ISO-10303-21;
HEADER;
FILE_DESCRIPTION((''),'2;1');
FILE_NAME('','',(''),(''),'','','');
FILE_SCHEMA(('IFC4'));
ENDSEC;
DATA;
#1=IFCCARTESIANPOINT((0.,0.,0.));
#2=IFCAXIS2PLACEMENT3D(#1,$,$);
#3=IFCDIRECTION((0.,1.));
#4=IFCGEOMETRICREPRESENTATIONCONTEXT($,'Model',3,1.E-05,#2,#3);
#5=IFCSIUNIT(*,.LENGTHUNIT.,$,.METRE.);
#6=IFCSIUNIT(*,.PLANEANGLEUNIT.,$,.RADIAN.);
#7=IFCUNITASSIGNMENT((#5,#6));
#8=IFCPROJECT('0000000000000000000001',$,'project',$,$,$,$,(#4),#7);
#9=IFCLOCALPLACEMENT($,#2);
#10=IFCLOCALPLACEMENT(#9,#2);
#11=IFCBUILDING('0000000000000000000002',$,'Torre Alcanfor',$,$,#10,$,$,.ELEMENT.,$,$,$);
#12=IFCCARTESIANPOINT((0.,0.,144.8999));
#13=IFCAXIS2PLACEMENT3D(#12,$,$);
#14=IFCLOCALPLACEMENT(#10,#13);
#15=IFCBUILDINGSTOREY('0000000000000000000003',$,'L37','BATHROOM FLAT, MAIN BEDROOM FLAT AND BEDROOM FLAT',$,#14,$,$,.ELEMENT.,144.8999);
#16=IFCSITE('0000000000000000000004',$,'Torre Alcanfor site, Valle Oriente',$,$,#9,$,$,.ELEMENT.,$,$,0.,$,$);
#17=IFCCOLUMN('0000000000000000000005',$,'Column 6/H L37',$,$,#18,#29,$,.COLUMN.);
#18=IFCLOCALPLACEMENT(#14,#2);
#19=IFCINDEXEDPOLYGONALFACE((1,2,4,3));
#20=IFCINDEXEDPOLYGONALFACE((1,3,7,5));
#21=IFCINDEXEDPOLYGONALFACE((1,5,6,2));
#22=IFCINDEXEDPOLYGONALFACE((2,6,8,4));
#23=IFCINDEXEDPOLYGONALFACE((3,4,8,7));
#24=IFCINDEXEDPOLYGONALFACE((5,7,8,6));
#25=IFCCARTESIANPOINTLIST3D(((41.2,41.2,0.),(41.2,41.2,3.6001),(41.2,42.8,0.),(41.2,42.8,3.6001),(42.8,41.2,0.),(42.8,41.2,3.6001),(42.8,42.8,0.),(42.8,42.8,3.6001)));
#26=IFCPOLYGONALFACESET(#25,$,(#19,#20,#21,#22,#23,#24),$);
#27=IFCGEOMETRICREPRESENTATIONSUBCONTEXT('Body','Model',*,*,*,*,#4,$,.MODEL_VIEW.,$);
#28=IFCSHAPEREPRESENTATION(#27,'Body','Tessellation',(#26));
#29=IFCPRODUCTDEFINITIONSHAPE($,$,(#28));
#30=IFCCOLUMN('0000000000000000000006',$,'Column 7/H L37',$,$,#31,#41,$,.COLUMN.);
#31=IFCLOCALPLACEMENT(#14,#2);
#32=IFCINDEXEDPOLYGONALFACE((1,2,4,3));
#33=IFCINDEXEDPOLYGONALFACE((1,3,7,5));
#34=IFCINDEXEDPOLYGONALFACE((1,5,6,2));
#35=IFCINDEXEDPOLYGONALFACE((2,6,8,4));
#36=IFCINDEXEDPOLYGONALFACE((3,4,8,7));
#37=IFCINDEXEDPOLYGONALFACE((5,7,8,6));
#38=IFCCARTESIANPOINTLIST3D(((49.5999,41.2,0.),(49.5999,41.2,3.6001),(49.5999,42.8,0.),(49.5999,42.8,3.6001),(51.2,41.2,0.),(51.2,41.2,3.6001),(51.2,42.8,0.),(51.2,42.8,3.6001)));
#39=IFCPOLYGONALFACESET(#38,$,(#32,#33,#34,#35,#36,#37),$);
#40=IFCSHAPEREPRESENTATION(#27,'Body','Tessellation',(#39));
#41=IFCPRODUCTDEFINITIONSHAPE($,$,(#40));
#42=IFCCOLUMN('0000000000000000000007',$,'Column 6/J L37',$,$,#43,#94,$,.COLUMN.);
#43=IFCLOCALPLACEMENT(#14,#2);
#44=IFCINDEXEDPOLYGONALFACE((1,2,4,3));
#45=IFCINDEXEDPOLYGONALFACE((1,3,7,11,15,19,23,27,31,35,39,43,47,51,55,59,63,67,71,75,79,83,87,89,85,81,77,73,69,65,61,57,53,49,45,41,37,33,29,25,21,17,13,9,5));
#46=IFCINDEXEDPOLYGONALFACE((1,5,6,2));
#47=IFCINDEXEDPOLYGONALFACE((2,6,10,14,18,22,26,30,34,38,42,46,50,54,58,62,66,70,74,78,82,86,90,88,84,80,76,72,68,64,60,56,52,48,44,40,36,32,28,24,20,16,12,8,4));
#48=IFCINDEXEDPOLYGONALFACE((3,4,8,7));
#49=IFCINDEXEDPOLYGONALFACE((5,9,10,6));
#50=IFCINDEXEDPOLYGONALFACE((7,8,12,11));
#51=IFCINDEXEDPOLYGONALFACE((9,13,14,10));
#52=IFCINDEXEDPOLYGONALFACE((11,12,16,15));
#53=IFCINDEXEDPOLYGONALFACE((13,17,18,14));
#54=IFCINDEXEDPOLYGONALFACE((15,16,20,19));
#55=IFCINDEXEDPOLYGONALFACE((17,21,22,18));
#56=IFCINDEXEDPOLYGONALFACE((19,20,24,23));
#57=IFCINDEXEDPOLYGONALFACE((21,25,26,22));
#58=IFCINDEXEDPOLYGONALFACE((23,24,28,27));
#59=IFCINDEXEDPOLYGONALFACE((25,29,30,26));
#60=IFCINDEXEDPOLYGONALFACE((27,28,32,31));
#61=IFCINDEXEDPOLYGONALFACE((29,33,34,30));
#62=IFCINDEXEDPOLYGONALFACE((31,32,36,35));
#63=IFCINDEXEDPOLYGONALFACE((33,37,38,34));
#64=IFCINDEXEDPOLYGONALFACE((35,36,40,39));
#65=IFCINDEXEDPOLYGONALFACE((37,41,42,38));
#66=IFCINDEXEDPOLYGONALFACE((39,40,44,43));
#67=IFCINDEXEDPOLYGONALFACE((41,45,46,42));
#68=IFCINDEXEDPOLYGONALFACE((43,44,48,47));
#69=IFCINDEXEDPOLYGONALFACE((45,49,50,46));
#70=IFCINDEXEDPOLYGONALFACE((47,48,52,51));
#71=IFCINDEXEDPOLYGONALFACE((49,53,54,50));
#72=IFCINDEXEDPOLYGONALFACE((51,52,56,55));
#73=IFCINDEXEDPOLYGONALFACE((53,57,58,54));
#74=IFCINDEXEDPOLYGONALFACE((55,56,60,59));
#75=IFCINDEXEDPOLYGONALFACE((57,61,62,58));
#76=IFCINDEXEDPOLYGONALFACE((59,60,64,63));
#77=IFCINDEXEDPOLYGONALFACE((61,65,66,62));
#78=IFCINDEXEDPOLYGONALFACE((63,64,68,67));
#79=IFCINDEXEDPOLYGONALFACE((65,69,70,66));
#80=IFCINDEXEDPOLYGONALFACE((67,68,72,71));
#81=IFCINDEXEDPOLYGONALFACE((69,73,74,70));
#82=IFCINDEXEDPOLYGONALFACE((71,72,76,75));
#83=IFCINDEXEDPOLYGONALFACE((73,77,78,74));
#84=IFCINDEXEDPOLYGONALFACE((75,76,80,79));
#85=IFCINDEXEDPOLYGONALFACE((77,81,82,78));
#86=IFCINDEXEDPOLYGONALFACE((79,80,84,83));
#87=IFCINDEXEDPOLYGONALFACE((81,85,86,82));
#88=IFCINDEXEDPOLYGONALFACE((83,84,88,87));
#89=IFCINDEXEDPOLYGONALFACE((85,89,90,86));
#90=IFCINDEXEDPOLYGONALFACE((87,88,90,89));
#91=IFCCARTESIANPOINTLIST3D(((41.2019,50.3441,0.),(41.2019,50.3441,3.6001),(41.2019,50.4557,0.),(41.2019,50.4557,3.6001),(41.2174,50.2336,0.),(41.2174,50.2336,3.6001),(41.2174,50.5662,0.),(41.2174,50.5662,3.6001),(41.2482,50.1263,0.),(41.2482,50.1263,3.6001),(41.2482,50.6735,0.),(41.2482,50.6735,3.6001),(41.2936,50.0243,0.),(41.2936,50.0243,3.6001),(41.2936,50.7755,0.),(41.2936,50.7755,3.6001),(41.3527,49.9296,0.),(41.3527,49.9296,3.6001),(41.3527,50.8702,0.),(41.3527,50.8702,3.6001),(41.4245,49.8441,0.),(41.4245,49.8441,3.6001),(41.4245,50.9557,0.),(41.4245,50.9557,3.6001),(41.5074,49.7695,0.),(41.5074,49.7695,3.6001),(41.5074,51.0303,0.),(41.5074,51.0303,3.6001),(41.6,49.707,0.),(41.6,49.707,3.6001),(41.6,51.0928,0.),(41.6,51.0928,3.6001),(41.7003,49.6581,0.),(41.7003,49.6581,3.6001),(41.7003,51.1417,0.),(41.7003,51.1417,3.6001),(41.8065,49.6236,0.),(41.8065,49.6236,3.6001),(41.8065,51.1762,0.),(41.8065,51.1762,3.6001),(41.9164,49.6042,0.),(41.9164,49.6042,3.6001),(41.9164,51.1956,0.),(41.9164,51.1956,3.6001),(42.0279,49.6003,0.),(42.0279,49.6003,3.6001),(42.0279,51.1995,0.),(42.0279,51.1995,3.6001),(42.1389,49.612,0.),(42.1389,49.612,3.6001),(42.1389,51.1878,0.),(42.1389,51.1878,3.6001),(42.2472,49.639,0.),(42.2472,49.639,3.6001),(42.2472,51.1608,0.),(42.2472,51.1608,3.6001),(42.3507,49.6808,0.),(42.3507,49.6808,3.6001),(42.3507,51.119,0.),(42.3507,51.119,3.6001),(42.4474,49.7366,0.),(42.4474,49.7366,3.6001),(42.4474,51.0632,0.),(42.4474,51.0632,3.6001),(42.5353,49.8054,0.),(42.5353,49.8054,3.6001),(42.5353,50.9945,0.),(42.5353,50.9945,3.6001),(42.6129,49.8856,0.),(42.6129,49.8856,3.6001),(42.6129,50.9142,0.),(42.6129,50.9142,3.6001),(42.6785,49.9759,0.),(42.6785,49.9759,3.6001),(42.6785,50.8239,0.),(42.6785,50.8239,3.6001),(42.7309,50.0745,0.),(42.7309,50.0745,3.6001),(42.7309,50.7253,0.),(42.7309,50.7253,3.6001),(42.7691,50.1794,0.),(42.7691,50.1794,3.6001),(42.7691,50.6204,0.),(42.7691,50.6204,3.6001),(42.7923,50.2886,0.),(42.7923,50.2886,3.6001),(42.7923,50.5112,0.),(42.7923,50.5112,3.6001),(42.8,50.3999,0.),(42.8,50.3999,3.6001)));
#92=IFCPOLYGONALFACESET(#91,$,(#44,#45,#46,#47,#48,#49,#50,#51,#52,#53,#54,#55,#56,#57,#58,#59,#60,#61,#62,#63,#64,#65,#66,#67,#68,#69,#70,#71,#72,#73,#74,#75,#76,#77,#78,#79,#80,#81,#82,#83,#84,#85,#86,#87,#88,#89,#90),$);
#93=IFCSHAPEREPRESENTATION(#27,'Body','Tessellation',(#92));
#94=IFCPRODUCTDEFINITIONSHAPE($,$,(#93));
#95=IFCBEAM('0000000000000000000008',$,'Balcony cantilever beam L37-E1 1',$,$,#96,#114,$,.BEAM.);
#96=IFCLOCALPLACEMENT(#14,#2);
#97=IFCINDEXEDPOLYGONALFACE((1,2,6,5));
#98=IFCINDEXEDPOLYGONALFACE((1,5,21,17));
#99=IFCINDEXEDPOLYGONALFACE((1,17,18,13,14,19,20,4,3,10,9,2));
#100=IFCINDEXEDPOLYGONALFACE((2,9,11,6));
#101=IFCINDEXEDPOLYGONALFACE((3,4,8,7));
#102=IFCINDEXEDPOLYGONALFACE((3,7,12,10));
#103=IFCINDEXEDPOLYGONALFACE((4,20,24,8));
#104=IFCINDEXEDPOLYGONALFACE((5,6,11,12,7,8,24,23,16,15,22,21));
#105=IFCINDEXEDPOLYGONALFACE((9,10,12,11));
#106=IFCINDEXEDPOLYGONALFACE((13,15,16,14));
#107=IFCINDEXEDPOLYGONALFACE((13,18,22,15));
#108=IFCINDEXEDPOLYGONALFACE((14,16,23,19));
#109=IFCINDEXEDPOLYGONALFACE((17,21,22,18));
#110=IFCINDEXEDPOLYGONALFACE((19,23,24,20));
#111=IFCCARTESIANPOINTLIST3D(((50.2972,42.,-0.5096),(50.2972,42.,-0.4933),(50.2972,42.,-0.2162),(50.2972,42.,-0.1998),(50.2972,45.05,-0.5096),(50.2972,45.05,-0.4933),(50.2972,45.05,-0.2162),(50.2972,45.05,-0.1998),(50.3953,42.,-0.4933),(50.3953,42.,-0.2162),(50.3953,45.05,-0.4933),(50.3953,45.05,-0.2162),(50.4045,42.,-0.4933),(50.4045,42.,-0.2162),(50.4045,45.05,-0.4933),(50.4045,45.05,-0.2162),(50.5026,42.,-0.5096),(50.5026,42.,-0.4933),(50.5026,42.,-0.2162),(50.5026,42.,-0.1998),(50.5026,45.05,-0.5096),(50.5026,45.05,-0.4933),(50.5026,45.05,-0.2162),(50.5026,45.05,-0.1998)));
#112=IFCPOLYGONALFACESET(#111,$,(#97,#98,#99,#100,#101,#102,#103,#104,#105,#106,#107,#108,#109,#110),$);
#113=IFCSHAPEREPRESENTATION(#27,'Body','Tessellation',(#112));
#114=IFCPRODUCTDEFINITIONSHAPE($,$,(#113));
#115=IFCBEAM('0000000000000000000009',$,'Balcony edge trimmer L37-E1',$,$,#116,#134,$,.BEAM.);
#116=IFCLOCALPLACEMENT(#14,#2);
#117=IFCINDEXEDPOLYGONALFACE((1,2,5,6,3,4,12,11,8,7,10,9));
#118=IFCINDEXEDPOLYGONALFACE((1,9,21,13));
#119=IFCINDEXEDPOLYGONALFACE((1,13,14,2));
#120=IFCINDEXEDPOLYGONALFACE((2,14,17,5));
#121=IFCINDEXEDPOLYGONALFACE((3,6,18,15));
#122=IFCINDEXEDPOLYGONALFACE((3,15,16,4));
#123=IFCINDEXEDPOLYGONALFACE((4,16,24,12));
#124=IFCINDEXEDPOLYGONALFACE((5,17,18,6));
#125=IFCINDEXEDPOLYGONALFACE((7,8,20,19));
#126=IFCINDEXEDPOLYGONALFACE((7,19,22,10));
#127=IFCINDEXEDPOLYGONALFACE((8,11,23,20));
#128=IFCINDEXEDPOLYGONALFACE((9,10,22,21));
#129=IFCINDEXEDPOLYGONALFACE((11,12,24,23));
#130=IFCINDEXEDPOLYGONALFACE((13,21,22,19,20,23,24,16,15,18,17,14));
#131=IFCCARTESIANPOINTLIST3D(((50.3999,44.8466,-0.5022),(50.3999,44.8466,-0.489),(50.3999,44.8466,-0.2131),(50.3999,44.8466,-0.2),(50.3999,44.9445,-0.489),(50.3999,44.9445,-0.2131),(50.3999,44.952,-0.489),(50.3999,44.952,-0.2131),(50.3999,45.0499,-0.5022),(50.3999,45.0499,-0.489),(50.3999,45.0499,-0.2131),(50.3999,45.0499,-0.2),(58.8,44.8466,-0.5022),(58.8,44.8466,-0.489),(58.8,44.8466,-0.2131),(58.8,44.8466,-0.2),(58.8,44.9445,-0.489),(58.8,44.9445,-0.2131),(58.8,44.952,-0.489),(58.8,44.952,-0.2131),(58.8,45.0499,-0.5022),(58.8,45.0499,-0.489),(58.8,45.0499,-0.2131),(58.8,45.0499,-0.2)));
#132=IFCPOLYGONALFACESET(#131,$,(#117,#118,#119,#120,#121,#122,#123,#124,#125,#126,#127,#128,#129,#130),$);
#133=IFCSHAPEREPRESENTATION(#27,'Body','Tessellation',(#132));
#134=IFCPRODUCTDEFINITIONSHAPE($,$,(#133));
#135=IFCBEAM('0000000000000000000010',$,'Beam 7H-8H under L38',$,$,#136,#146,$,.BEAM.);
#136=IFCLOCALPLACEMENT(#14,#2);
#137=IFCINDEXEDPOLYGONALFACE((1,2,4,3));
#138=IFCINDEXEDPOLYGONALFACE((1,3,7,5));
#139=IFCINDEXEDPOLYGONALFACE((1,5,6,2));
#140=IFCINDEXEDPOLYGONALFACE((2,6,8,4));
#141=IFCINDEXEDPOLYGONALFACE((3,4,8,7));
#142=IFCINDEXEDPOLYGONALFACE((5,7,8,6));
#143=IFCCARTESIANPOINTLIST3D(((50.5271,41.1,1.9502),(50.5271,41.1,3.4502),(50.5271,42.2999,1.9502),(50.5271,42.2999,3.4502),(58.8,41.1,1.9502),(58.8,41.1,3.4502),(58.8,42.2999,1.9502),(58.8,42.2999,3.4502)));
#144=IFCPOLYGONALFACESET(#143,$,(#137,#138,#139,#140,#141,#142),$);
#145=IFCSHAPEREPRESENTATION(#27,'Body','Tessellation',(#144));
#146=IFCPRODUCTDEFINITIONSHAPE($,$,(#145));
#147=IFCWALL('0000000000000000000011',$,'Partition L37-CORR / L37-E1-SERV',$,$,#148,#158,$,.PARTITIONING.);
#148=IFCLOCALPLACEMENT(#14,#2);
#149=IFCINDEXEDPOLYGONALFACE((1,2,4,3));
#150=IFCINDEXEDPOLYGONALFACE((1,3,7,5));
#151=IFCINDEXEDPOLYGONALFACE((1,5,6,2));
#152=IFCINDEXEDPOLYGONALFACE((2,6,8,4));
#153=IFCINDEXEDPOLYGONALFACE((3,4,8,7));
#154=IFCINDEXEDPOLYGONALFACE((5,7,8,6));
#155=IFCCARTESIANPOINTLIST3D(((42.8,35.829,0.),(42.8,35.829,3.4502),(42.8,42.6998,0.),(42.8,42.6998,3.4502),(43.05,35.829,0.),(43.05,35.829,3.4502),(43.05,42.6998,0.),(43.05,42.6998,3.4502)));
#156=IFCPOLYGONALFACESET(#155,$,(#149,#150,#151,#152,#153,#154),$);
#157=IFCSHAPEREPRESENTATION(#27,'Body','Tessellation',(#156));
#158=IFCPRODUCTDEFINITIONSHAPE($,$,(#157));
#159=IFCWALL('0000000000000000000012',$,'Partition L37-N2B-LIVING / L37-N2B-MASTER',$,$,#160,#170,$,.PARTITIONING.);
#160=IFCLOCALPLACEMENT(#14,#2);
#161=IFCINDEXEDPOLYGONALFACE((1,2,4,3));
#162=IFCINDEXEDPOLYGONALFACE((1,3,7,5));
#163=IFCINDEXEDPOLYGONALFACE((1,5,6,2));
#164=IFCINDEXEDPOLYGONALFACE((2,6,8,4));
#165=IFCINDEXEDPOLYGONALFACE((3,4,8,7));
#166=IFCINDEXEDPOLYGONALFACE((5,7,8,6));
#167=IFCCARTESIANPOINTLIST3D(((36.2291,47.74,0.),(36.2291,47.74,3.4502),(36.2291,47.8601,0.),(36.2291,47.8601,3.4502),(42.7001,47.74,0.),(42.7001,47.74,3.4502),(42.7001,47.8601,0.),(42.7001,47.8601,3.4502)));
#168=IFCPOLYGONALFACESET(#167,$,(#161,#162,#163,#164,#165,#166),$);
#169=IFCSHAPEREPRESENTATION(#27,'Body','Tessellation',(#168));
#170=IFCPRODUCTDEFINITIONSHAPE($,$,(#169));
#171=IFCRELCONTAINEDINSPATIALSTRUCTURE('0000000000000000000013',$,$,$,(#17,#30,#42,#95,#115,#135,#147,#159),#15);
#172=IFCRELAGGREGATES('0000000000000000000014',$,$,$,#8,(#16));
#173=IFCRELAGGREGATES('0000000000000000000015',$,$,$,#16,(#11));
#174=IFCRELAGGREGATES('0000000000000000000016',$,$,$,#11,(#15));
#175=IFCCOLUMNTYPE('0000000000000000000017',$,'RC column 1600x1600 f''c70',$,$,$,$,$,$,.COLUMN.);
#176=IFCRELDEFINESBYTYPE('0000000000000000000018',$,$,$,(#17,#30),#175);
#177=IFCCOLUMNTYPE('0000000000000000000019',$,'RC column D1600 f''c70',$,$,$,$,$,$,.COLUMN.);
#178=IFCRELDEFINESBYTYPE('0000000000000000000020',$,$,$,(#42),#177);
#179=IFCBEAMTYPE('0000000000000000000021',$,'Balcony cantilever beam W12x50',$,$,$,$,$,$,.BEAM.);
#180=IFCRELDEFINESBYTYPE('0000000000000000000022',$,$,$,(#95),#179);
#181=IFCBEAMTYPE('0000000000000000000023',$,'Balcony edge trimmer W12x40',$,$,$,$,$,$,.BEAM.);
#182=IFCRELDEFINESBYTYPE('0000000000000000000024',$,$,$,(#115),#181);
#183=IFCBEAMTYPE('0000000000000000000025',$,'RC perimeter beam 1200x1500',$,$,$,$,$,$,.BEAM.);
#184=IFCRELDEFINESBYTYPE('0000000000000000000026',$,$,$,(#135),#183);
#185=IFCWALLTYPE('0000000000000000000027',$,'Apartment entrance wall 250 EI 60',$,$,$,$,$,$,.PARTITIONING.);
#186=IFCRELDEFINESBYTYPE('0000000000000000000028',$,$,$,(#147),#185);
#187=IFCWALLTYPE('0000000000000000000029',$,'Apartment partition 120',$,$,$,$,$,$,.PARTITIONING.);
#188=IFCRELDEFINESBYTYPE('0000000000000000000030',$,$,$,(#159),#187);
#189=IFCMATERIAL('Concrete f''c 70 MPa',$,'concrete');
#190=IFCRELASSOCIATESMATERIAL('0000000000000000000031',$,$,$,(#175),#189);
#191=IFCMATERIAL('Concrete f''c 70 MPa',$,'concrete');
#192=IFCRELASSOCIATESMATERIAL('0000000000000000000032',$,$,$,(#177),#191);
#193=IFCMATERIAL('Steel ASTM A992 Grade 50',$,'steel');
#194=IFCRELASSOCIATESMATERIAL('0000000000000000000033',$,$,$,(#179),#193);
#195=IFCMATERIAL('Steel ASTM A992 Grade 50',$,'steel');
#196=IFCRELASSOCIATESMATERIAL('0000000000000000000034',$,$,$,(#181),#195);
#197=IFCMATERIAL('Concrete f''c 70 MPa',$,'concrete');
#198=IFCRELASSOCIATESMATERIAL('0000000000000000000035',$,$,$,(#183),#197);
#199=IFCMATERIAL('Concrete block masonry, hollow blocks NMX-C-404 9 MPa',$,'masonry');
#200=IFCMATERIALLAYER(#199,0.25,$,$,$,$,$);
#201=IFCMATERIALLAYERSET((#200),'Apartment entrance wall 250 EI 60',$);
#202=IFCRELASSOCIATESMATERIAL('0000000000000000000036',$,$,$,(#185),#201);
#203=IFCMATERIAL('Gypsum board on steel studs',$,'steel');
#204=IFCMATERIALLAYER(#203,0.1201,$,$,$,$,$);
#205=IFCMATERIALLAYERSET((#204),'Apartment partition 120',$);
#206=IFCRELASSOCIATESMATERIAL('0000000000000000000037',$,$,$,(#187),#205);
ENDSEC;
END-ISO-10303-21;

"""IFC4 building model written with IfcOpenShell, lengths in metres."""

from ifc_helpers import new_model, si_unit, direction, frame, frame_2d, origin, origin_2d, place, context, subcontext, project, spatial, rectangle, circle, i_section, extrude, material, layer, layer_set, material_profile, profile_set, type_object, element, save


model = new_model("IFC4")

# Units and contexts
model_context = context("Model", 3, precision=1e-05, world=origin(), true_north=direction((0.0, 1.0)))
body_context = subcontext(model_context, "Body", "Model", "MODEL_VIEW")
ifc_project = project(units=[si_unit("LENGTHUNIT", "METRE"), si_unit("PLANEANGLEUNIT", "RADIAN")], contexts=[model_context])

# Site, building, storey
site_placement = place(None, origin())
site = spatial("IfcSite", under=ifc_project, at=site_placement, Name="Torre Alcanfor site, Valle Oriente", CompositionType="ELEMENT", RefElevation=0.0)
building_placement = place(site_placement, origin())
building = spatial("IfcBuilding", under=site, at=building_placement, Name="Torre Alcanfor", CompositionType="ELEMENT")
storey_placement = place(building_placement, frame((0.0, 0.0, 144.8999)))
storey = spatial("IfcBuildingStorey", under=building, at=storey_placement, Name="L37", Description="BATHROOM FLAT, MAIN BEDROOM FLAT AND BEDROOM FLAT", CompositionType="ELEMENT", Elevation=144.8999)

# Columns
ifc_material_1 = material(Name="Concrete f'c 70 MPa", Category="concrete")
ifc_material_profile_1 = material_profile(ifc_material_1, rectangle(XDim=1.6001, YDim=1.6001, at=origin_2d()), Name="1600x1600")
ifc_profile_set_1 = profile_set([ifc_material_profile_1], Name="Concrete f'c 70 MPa")
column_type_1 = type_object("IfcColumnType", Name="RC column 1600x1600 f'c70", PredefinedType="COLUMN", material=ifc_profile_set_1)
for number, where, z_axis, x_axis, name in (
    (1, (42.0, 42.0, 0.0), (0.0, 0.0, 1.0), (1.0, 0.0, 0.0), "Column 6/H L37"),
    (2, (50.3999, 42.0, 0.0), (0.0, 0.0, 1.0), (1.0, 0.0, 0.0), "Column 7/H L37"),
):
    element("IfcColumn", number, at=place(storey_placement, frame(where, z_axis=z_axis, x_axis=x_axis)), inside=storey, type_object=column_type_1, Name=name, PredefinedType="COLUMN", context=body_context, shape_type="SweptSolid", body=[
        extrude(rectangle(XDim=1.6001, YDim=1.6001, at=origin_2d()), origin(), (0.0, 0.0, 1.0), 3.6001),
    ])
ifc_material_2 = material(Name="Concrete f'c 70 MPa", Category="concrete")
ifc_material_profile_2 = material_profile(ifc_material_2, circle(Radius=0.8, at=origin_2d()), Name="D1600")
ifc_profile_set_2 = profile_set([ifc_material_profile_2], Name="Concrete f'c 70 MPa")
column_type_2 = type_object("IfcColumnType", Name="RC column D1600 f'c70", PredefinedType="COLUMN", material=ifc_profile_set_2)
column_placement = place(storey_placement, frame((42.0, 50.3999, 0.0), z_axis=(0.0, 0.0, 1.0), x_axis=(1.0, 0.0, 0.0)))
element("IfcColumn", 3, at=column_placement, inside=storey, type_object=column_type_2, Name="Column 6/J L37", PredefinedType="COLUMN", context=body_context, shape_type="SweptSolid", body=[
    extrude(circle(Radius=0.8, at=origin_2d()), origin(), (0.0, 0.0, 1.0), 3.6001),
])

# Beams
ifc_material_3 = material(Name="Steel ASTM A992 Grade 50", Category="steel")
ifc_material_profile_3 = material_profile(ifc_material_3, i_section(OverallWidth=0.2053, OverallDepth=0.3098, WebThickness=0.0093, FlangeThickness=0.0164, at=origin_2d()), Name="W12x50")
ifc_profile_set_3 = profile_set([ifc_material_profile_3], Name="Steel ASTM A992 Grade 50")
beam_type_1 = type_object("IfcBeamType", Name="Balcony cantilever beam W12x50", PredefinedType="BEAM", material=ifc_profile_set_3)
beam_1_placement = place(storey_placement, frame((50.3999, 42.0, -0.3547), z_axis=(0.0, 1.0, 0.0), x_axis=(-1.0, 0.0, 0.0)))
element("IfcBeam", 4, at=beam_1_placement, inside=storey, type_object=beam_type_1, Name="Balcony cantilever beam L37-E1 1", PredefinedType="BEAM", context=body_context, shape_type="SweptSolid", body=[
    extrude(i_section(OverallWidth=0.2053, OverallDepth=0.3098, WebThickness=0.0093, FlangeThickness=0.0164, at=origin_2d()), origin(), (0.0, 0.0, 1.0), 3.05),
])
ifc_material_4 = material(Name="Steel ASTM A992 Grade 50", Category="steel")
ifc_material_profile_4 = material_profile(ifc_material_4, i_section(OverallWidth=0.2034, OverallDepth=0.3022, WebThickness=0.0076, FlangeThickness=0.0132, at=origin_2d()), Name="W12x40")
ifc_profile_set_4 = profile_set([ifc_material_profile_4], Name="Steel ASTM A992 Grade 50")
beam_type_2 = type_object("IfcBeamType", Name="Balcony edge trimmer W12x40", PredefinedType="BEAM", material=ifc_profile_set_4)
beam_2_placement = place(storey_placement, frame((50.3999, 44.9482, -0.3511), z_axis=(1.0, 0.0, 0.0), x_axis=(0.0, 1.0, 0.0)))
element("IfcBeam", 5, at=beam_2_placement, inside=storey, type_object=beam_type_2, Name="Balcony edge trimmer L37-E1", PredefinedType="BEAM", context=body_context, shape_type="SweptSolid", body=[
    extrude(i_section(OverallWidth=0.2034, OverallDepth=0.3022, WebThickness=0.0076, FlangeThickness=0.0132, at=origin_2d()), origin(), (0.0, 0.0, 1.0), 8.4001),
])
ifc_material_5 = material(Name="Concrete f'c 70 MPa", Category="concrete")
ifc_material_profile_5 = material_profile(ifc_material_5, rectangle(XDim=1.2, YDim=1.5, at=origin_2d()), Name="1200x1500")
ifc_profile_set_5 = profile_set([ifc_material_profile_5], Name="Concrete f'c 70 MPa")
beam_type_3 = type_object("IfcBeamType", Name="RC perimeter beam 1200x1500", PredefinedType="BEAM", material=ifc_profile_set_5)
beam_3_placement = place(storey_placement, frame((50.5271, 41.7, 2.7002), z_axis=(1.0, 0.0, 0.0), x_axis=(0.0, 1.0, 0.0)))
element("IfcBeam", 6, at=beam_3_placement, inside=storey, type_object=beam_type_3, Name="Beam 7H-8H under L38", PredefinedType="BEAM", context=body_context, shape_type="SweptSolid", body=[
    extrude(rectangle(XDim=1.2, YDim=1.5, at=origin_2d()), origin(), (0.0, 0.0, 1.0), 8.2729),
])

# Walls
ifc_material_6 = material(Name="Concrete block masonry, hollow blocks NMX-C-404 9 MPa", Category="masonry")
ifc_layer_1 = layer(ifc_material_6, 0.25)
ifc_layer_set_1 = layer_set([ifc_layer_1], Name="Apartment entrance wall 250 EI 60")
wall_type_1 = type_object("IfcWallType", Name="Apartment entrance wall 250 EI 60", PredefinedType="PARTITIONING", material=ifc_layer_set_1)
wall_1_placement = place(storey_placement, frame((42.925, 42.7, 0.0), z_axis=(0.0, 0.0, 1.0), x_axis=(0.0, -1.0, 0.0)))
element("IfcWall", 7, at=wall_1_placement, inside=storey, type_object=wall_type_1, Name="Partition L37-CORR / L37-E1-SERV", PredefinedType="PARTITIONING", context=body_context, shape_type="SweptSolid", body=[
    extrude(rectangle(XDim=6.8708, YDim=0.25, at=frame_2d((3.4355, 0.0))), origin(), (0.0, 0.0, 1.0), 3.4502),
])
ifc_material_7 = material(Name="Gypsum board on steel studs", Category="steel")
ifc_layer_2 = layer(ifc_material_7, 0.1201)
ifc_layer_set_2 = layer_set([ifc_layer_2], Name="Apartment partition 120")
wall_type_2 = type_object("IfcWallType", Name="Apartment partition 120", PredefinedType="PARTITIONING", material=ifc_layer_set_2)
wall_2_placement = place(storey_placement, frame((42.7, 47.8, 0.0), z_axis=(0.0, 0.0, 1.0), x_axis=(-1.0, 0.0, 0.0)))
element("IfcWall", 8, at=wall_2_placement, inside=storey, type_object=wall_type_2, Name="Partition L37-N2B-LIVING / L37-N2B-MASTER", PredefinedType="PARTITIONING", context=body_context, shape_type="SweptSolid", body=[
    extrude(rectangle(XDim=6.4709, YDim=0.1201, at=frame_2d((3.2354, 0.0))), origin(), (0.0, 0.0, 1.0), 3.4502),
])

save(model, "model.ifc")
